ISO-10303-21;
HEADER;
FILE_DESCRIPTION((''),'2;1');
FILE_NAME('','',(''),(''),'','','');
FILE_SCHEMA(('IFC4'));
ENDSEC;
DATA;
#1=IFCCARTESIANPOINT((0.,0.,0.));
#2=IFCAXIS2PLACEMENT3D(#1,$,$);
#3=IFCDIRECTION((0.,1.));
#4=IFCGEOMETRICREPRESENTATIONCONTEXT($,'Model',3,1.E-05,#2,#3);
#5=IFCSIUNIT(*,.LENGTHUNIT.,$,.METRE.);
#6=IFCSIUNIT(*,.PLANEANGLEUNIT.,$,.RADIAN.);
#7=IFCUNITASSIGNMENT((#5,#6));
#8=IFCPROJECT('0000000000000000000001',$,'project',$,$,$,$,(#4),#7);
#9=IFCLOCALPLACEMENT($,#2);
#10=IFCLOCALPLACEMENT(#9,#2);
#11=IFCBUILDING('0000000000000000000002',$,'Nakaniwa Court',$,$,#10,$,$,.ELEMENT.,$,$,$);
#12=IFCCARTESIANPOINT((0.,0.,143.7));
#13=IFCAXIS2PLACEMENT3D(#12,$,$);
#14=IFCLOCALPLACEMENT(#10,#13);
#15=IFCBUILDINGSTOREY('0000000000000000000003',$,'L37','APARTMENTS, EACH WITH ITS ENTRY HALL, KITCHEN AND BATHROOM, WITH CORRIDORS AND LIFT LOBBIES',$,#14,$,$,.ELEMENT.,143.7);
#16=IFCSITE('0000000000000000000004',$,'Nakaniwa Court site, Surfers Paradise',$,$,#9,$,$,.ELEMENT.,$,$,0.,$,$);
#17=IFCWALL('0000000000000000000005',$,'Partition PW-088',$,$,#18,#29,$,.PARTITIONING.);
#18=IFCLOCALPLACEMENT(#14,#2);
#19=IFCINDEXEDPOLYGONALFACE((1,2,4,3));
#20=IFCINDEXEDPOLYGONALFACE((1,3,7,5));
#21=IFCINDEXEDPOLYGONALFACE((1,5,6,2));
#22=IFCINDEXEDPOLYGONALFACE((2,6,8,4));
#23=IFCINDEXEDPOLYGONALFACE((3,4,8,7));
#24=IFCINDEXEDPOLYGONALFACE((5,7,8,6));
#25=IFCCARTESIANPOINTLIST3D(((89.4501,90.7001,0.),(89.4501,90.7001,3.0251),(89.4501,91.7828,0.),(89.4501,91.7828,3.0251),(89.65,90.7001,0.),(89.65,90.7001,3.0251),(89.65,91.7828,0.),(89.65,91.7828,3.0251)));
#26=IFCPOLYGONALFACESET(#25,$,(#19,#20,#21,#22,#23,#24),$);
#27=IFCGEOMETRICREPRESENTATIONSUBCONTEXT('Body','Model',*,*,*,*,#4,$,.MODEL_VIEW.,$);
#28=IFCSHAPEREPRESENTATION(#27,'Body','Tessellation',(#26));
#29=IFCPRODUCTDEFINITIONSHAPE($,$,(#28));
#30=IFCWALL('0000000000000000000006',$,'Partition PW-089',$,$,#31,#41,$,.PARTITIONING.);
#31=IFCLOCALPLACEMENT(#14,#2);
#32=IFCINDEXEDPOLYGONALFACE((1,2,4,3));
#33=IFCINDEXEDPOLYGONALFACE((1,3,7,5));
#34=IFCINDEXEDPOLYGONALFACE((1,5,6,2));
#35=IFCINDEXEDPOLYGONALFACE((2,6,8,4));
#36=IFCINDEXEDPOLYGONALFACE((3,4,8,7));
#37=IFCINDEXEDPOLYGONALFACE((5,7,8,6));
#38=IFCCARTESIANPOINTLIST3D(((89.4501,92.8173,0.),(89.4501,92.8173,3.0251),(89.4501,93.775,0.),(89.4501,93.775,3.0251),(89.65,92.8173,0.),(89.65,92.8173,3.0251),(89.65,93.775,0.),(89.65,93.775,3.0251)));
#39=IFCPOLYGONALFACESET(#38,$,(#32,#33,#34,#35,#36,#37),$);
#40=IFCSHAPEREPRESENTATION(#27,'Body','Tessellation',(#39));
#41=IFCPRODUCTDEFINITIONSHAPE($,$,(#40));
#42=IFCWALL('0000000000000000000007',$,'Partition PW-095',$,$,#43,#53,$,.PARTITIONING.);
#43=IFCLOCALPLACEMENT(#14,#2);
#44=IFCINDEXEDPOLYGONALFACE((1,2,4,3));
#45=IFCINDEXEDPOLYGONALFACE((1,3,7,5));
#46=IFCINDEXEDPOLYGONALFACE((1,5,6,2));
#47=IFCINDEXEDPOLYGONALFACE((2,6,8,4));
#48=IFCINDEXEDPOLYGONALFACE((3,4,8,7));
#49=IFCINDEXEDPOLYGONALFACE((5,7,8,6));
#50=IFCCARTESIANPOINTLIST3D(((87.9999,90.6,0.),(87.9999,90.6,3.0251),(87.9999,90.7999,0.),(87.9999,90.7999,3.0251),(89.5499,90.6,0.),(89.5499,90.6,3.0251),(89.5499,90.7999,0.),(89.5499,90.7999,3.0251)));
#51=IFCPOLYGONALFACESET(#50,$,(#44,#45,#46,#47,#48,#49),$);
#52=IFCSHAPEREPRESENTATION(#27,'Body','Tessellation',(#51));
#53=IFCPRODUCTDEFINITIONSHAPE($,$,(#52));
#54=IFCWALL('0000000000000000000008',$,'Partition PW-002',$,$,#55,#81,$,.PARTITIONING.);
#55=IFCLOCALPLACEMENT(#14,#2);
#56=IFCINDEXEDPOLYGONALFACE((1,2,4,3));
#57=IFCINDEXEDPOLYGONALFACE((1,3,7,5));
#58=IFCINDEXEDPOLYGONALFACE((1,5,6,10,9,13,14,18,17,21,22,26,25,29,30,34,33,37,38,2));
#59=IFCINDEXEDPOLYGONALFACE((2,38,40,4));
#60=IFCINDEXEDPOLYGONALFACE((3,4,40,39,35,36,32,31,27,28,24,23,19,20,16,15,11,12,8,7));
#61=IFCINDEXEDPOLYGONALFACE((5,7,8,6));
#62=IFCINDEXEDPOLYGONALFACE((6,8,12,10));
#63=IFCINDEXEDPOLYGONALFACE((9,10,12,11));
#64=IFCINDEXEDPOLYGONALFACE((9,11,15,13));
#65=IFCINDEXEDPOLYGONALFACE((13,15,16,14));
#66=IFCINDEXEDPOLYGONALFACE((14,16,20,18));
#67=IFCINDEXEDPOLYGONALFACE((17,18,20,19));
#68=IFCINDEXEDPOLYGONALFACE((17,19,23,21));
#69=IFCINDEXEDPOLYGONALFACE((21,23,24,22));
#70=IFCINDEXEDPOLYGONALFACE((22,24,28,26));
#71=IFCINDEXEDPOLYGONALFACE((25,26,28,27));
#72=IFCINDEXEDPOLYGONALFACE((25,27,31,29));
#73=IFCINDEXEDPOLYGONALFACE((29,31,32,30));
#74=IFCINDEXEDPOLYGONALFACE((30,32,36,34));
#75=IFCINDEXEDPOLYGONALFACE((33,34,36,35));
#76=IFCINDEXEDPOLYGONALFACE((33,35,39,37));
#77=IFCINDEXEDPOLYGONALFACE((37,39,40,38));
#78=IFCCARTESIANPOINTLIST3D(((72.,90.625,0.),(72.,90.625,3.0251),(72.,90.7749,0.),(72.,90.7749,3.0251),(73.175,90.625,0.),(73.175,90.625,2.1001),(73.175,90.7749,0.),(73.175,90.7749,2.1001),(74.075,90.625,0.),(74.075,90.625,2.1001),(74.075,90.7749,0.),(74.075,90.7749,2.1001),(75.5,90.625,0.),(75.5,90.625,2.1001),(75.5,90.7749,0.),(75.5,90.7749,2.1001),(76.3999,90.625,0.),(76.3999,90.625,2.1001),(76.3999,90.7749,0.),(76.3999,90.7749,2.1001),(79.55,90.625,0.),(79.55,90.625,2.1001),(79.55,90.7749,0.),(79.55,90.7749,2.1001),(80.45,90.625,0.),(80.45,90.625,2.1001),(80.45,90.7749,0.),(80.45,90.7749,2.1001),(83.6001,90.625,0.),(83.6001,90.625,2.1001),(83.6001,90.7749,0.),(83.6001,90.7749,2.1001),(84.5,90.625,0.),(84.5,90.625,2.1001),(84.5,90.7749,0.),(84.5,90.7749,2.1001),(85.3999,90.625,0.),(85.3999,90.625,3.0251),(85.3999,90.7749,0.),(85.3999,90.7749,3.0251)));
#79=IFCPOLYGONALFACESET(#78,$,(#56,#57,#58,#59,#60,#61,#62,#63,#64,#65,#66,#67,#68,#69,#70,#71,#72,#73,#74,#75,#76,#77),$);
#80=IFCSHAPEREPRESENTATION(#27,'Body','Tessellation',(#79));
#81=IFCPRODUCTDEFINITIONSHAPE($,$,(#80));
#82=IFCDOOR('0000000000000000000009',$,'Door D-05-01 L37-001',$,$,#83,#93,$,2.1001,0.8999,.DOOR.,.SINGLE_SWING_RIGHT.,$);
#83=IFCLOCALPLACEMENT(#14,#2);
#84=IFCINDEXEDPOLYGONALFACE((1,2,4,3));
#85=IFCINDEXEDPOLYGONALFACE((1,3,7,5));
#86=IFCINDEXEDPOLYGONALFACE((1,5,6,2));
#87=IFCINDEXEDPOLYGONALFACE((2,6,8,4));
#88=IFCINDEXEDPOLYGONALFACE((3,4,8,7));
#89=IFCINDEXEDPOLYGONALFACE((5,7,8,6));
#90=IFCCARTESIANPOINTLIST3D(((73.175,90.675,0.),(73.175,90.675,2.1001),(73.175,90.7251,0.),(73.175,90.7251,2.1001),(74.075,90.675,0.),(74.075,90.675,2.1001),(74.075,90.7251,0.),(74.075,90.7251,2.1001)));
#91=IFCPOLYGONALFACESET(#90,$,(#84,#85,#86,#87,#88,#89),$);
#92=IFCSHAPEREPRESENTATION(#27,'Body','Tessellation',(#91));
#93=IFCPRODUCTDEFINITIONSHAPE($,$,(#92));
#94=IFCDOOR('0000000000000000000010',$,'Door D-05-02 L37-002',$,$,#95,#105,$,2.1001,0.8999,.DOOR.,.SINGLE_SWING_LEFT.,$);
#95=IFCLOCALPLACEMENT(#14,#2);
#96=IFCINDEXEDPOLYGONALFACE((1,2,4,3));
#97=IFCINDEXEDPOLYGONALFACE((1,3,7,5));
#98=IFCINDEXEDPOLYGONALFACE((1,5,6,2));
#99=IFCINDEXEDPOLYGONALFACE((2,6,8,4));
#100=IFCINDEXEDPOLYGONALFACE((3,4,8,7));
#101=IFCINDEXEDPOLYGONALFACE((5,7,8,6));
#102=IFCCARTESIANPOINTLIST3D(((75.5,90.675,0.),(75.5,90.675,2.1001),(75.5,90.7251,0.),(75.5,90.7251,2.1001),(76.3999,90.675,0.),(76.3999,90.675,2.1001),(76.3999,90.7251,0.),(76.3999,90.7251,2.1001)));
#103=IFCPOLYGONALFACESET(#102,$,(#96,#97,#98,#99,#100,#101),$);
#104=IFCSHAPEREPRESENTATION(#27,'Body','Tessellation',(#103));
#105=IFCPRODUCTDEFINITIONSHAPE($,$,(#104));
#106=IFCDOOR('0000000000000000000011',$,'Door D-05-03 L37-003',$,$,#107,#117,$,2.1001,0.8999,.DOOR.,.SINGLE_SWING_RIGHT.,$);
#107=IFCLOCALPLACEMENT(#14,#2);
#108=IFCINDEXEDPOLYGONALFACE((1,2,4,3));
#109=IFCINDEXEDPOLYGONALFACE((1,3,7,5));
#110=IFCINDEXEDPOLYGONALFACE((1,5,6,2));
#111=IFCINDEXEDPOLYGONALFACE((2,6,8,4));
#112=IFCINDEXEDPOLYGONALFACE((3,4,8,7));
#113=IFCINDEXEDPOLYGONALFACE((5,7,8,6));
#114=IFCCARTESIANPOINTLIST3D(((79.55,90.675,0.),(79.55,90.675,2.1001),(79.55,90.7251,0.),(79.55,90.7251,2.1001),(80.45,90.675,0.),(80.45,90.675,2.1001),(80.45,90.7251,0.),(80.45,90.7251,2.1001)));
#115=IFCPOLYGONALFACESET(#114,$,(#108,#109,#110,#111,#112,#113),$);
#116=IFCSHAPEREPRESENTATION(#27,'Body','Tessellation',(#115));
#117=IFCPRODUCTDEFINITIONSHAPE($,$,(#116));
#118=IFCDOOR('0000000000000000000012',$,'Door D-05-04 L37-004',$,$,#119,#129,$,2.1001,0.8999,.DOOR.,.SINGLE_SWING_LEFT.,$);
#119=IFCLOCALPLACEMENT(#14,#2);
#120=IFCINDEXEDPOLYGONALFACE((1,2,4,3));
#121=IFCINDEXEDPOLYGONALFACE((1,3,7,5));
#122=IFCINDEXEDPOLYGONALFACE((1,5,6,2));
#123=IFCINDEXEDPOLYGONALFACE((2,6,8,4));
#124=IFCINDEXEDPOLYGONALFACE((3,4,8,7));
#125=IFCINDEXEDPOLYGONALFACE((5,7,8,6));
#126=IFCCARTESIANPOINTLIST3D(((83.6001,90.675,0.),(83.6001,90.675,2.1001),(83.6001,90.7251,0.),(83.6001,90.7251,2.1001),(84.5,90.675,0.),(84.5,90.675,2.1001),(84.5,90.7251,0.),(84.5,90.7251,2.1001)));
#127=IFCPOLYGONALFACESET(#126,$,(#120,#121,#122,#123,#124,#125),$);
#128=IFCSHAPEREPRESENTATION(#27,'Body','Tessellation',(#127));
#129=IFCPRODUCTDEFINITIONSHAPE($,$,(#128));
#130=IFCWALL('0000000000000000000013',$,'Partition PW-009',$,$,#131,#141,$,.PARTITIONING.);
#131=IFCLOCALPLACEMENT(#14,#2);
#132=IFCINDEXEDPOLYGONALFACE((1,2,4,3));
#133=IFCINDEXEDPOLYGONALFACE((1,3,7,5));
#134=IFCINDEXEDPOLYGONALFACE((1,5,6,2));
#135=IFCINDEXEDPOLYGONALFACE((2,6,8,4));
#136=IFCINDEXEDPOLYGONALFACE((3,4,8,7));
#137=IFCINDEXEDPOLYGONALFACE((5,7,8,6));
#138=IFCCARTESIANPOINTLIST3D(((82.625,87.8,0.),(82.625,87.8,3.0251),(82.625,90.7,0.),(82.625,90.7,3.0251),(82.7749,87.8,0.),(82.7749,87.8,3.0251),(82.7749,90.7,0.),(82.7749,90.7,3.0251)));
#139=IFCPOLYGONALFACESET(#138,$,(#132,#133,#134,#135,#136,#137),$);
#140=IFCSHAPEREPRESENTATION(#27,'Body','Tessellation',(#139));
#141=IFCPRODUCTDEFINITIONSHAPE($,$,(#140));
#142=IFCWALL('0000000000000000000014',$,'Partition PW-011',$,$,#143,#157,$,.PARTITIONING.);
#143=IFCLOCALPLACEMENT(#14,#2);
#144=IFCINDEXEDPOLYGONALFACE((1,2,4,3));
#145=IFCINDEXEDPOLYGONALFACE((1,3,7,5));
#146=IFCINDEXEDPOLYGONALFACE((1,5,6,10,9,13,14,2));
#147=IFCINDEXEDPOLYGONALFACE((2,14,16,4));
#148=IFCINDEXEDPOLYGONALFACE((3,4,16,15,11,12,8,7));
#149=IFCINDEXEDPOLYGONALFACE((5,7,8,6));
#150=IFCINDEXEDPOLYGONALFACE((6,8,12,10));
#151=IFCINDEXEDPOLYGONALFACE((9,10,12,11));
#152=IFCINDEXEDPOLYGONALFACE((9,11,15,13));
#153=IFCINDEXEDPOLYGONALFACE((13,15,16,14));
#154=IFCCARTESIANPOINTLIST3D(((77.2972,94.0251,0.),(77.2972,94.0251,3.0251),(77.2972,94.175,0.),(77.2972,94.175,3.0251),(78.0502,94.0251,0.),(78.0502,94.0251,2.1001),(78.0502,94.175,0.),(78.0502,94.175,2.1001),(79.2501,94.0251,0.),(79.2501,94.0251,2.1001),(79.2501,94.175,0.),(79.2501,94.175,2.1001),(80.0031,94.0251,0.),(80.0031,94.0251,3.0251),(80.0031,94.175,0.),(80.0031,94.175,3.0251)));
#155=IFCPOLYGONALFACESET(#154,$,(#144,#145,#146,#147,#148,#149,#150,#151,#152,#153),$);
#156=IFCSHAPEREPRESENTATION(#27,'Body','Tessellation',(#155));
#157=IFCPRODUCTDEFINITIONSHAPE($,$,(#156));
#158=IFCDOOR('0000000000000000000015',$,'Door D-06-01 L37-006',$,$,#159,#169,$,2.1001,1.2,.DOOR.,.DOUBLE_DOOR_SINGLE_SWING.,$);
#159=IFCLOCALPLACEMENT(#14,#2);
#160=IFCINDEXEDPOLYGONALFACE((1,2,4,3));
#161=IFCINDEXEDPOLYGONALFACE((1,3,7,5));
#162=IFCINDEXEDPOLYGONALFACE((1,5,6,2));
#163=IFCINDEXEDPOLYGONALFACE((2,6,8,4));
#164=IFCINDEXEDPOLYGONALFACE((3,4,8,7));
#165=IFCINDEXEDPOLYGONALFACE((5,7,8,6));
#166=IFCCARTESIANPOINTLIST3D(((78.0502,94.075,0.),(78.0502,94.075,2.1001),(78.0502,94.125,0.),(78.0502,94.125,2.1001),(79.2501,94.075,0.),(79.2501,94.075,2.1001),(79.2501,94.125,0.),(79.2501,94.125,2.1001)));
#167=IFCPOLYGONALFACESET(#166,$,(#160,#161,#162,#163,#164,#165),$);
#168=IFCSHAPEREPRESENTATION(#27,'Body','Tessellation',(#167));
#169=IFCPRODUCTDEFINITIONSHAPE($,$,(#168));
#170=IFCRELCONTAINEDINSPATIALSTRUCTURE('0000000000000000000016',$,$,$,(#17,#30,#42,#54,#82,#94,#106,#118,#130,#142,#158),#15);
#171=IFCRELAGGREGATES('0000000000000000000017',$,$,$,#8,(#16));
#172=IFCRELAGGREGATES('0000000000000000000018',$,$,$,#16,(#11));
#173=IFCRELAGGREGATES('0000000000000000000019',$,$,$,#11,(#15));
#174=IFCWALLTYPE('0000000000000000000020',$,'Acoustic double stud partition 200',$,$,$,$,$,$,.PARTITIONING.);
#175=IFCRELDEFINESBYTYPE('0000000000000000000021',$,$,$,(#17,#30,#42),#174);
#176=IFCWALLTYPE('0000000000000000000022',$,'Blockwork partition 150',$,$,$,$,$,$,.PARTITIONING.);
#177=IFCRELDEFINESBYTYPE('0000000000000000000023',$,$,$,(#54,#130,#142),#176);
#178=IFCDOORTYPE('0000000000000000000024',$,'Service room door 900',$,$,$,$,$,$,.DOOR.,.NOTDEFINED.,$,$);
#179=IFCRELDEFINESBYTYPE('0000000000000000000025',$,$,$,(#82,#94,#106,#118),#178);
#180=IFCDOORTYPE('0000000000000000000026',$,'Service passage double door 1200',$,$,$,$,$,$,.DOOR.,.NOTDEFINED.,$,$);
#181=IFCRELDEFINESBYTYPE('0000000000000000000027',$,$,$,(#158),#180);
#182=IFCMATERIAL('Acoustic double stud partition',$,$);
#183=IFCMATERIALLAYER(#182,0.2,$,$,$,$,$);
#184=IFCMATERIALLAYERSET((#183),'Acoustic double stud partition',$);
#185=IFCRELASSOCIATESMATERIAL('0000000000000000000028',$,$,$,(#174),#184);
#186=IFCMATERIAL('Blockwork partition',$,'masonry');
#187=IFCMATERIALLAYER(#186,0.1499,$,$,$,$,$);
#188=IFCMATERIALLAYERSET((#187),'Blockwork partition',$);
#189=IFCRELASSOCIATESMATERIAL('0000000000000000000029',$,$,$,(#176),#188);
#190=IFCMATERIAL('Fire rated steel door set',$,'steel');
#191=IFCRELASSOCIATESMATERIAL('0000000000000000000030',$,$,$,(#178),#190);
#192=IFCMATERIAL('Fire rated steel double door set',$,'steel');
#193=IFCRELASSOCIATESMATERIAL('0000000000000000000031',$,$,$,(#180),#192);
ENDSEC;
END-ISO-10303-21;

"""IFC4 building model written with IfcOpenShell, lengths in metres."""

from ifc_helpers import new_model, si_unit, direction, frame, frame_2d, origin, place, context, subcontext, project, spatial, rectangle, extrude, material, layer, layer_set, type_object, element, fill, save


model = new_model("IFC4")

# Units and contexts
model_context = context("Model", 3, precision=1e-05, world=origin(), true_north=direction((0.0, 1.0)))
body_context = subcontext(model_context, "Body", "Model", "MODEL_VIEW")
ifc_project = project(units=[si_unit("LENGTHUNIT", "METRE"), si_unit("PLANEANGLEUNIT", "RADIAN")], contexts=[model_context])

# Site, building, storey
site_placement = place(None, origin())
site = spatial("IfcSite", under=ifc_project, at=site_placement, Name="Nakaniwa Court site, Surfers Paradise", CompositionType="ELEMENT", RefElevation=0.0)
building_placement = place(site_placement, origin())
building = spatial("IfcBuilding", under=site, at=building_placement, Name="Nakaniwa Court", CompositionType="ELEMENT")
storey_placement = place(building_placement, frame((0.0, 0.0, 143.7)))
storey = spatial("IfcBuildingStorey", under=building, at=storey_placement, Name="L37", Description="APARTMENTS, EACH WITH ITS ENTRY HALL, KITCHEN AND BATHROOM, WITH CORRIDORS AND LIFT LOBBIES", CompositionType="ELEMENT", Elevation=143.7)

# Walls
ifc_material_1 = material(Name="Acoustic double stud partition")
ifc_layer_1 = layer(ifc_material_1, 0.2)
ifc_layer_set_1 = layer_set([ifc_layer_1], Name="Acoustic double stud partition")
wall_type_1 = type_object("IfcWallType", Name="Acoustic double stud partition 200", PredefinedType="PARTITIONING", material=ifc_layer_set_1)
wall_1_placement = place(storey_placement, frame((89.55, 90.7, 0.0), z_axis=(0.0, 0.0, 1.0), x_axis=(0.0, 1.0, 0.0)))
element("IfcWall", 1, at=wall_1_placement, inside=storey, type_object=wall_type_1, Name="Partition PW-088", PredefinedType="PARTITIONING", context=body_context, shape_type="SweptSolid", body=[
    extrude(rectangle(XDim=1.0828, YDim=0.2, at=frame_2d((0.5415, 0.0))), origin(), (0.0, 0.0, 1.0), 3.0251),
])
wall_2_placement = place(storey_placement, frame((89.55, 92.8171, 0.0), z_axis=(0.0, 0.0, 1.0), x_axis=(0.0, 1.0, 0.0)))
element("IfcWall", 2, at=wall_2_placement, inside=storey, type_object=wall_type_1, Name="Partition PW-089", PredefinedType="PARTITIONING", context=body_context, shape_type="SweptSolid", body=[
    extrude(rectangle(XDim=0.9578, YDim=0.2, at=frame_2d((0.479, 0.0))), origin(), (0.0, 0.0, 1.0), 3.0251),
])
wall_3_placement = place(storey_placement, frame((88.0, 90.7, 0.0), z_axis=(0.0, 0.0, 1.0), x_axis=(1.0, 0.0, 0.0)))
element("IfcWall", 3, at=wall_3_placement, inside=storey, type_object=wall_type_1, Name="Partition PW-095", PredefinedType="PARTITIONING", context=body_context, shape_type="SweptSolid", body=[
    extrude(rectangle(XDim=1.55, YDim=0.2, at=frame_2d((0.7749, 0.0))), origin(), (0.0, 0.0, 1.0), 3.0251),
])

# Wall, openings, doors
ifc_material_2 = material(Name="Blockwork partition", Category="masonry")
ifc_layer_2 = layer(ifc_material_2, 0.1499)
ifc_layer_set_2 = layer_set([ifc_layer_2], Name="Blockwork partition")
wall_type_2 = type_object("IfcWallType", Name="Blockwork partition 150", PredefinedType="PARTITIONING", material=ifc_layer_set_2)
wall_4_placement = place(storey_placement, frame((85.3999, 90.7, 0.0), z_axis=(0.0, 0.0, 1.0), x_axis=(-1.0, 0.0, 0.0)))
wall_4 = element("IfcWall", 4, at=wall_4_placement, inside=storey, type_object=wall_type_2, Name="Partition PW-002", PredefinedType="PARTITIONING", context=body_context, shape_type="SweptSolid", body=[
    extrude(rectangle(XDim=13.3999, YDim=0.1499, at=frame_2d((6.7, 0.0))), origin(), (0.0, 0.0, 1.0), 3.0251),
])
opening_1_placement = place(wall_4_placement, frame((11.325, 0.0, 0.0)))
opening_1 = element("IfcOpeningElement", 5, at=opening_1_placement, cuts=wall_4, PredefinedType="OPENING", context=body_context, shape_type="SweptSolid", body=[
    extrude(rectangle(XDim=0.8999, YDim=2.1001, at=frame_2d((0.45, 1.05))), frame((0.0, 0.085, 0.0), z_axis=(0.0, -1.0, 0.0), x_axis=(1.0, 0.0, 0.0)), (0.0, 0.0, 1.0), 0.1699),
])
opening_2_placement = place(wall_4_placement, frame((9.0, 0.0, 0.0)))
opening_2 = element("IfcOpeningElement", 6, at=opening_2_placement, cuts=wall_4, PredefinedType="OPENING", context=body_context, shape_type="SweptSolid", body=[
    extrude(rectangle(XDim=0.8999, YDim=2.1001, at=frame_2d((0.45, 1.05))), frame((0.0, 0.085, 0.0), z_axis=(0.0, -1.0, 0.0), x_axis=(1.0, 0.0, 0.0)), (0.0, 0.0, 1.0), 0.1699),
])
opening_3_placement = place(wall_4_placement, frame((4.95, 0.0, 0.0)))
opening_3 = element("IfcOpeningElement", 7, at=opening_3_placement, cuts=wall_4, PredefinedType="OPENING", context=body_context, shape_type="SweptSolid", body=[
    extrude(rectangle(XDim=0.8999, YDim=2.1001, at=frame_2d((0.45, 1.05))), frame((0.0, 0.085, 0.0), z_axis=(0.0, -1.0, 0.0), x_axis=(1.0, 0.0, 0.0)), (0.0, 0.0, 1.0), 0.1699),
])
opening_4_placement = place(wall_4_placement, frame((0.8999, 0.0, 0.0)))
opening_4 = element("IfcOpeningElement", 8, at=opening_4_placement, cuts=wall_4, PredefinedType="OPENING", context=body_context, shape_type="SweptSolid", body=[
    extrude(rectangle(XDim=0.8999, YDim=2.1001, at=frame_2d((0.45, 1.05))), frame((0.0, 0.085, 0.0), z_axis=(0.0, -1.0, 0.0), x_axis=(1.0, 0.0, 0.0)), (0.0, 0.0, 1.0), 0.1699),
])
ifc_material_3 = material(Name="Fire rated steel door set", Category="steel")
door_type_1 = type_object("IfcDoorType", Name="Service room door 900", OperationType="NOTDEFINED", PredefinedType="DOOR", material=ifc_material_3)
door_1_placement = place(opening_1_placement, origin())
door_1 = element("IfcDoor", 9, at=door_1_placement, inside=storey, type_object=door_type_1, Name="Door D-05-01 L37-001", OperationType="SINGLE_SWING_RIGHT", OverallHeight=2.1001, OverallWidth=0.8999, PredefinedType="DOOR", context=body_context, shape_type="SweptSolid", body=[
    extrude(rectangle(XDim=0.8999, YDim=2.1001, at=frame_2d((0.45, 1.05))), frame((0.0, 0.0249, 0.0), z_axis=(0.0, -1.0, 0.0), x_axis=(1.0, 0.0, 0.0)), (0.0, 0.0, 1.0), 0.05),
])
fill(opening_1, door_1)
door_2_placement = place(opening_2_placement, origin())
door_2 = element("IfcDoor", 10, at=door_2_placement, inside=storey, type_object=door_type_1, Name="Door D-05-02 L37-002", OperationType="SINGLE_SWING_LEFT", OverallHeight=2.1001, OverallWidth=0.8999, PredefinedType="DOOR", context=body_context, shape_type="SweptSolid", body=[
    extrude(rectangle(XDim=0.8999, YDim=2.1001, at=frame_2d((0.45, 1.05))), frame((0.0, 0.0249, 0.0), z_axis=(0.0, -1.0, 0.0), x_axis=(1.0, 0.0, 0.0)), (0.0, 0.0, 1.0), 0.05),
])
fill(opening_2, door_2)
door_3_placement = place(opening_3_placement, origin())
door_3 = element("IfcDoor", 11, at=door_3_placement, inside=storey, type_object=door_type_1, Name="Door D-05-03 L37-003", OperationType="SINGLE_SWING_RIGHT", OverallHeight=2.1001, OverallWidth=0.8999, PredefinedType="DOOR", context=body_context, shape_type="SweptSolid", body=[
    extrude(rectangle(XDim=0.8999, YDim=2.1001, at=frame_2d((0.45, 1.05))), frame((0.0, 0.0249, 0.0), z_axis=(0.0, -1.0, 0.0), x_axis=(1.0, 0.0, 0.0)), (0.0, 0.0, 1.0), 0.05),
])
fill(opening_3, door_3)
door_4_placement = place(opening_4_placement, origin())
door_4 = element("IfcDoor", 12, at=door_4_placement, inside=storey, type_object=door_type_1, Name="Door D-05-04 L37-004", OperationType="SINGLE_SWING_LEFT", OverallHeight=2.1001, OverallWidth=0.8999, PredefinedType="DOOR", context=body_context, shape_type="SweptSolid", body=[
    extrude(rectangle(XDim=0.8999, YDim=2.1001, at=frame_2d((0.45, 1.05))), frame((0.0, 0.0249, 0.0), z_axis=(0.0, -1.0, 0.0), x_axis=(1.0, 0.0, 0.0)), (0.0, 0.0, 1.0), 0.05),
])
fill(opening_4, door_4)

# Wall
wall_5_placement = place(storey_placement, frame((82.7, 87.8, 0.0), z_axis=(0.0, 0.0, 1.0), x_axis=(0.0, 1.0, 0.0)))
element("IfcWall", 13, at=wall_5_placement, inside=storey, type_object=wall_type_2, Name="Partition PW-009", PredefinedType="PARTITIONING", context=body_context, shape_type="SweptSolid", body=[
    extrude(rectangle(XDim=2.8999, YDim=0.1499, at=frame_2d((1.45, 0.0))), origin(), (0.0, 0.0, 1.0), 3.0251),
])

# Wall, opening, door
wall_6_placement = place(storey_placement, frame((77.2971, 94.1001, 0.0), z_axis=(0.0, 0.0, 1.0), x_axis=(1.0, 0.0, 0.0)))
wall_6 = element("IfcWall", 14, at=wall_6_placement, inside=storey, type_object=wall_type_2, Name="Partition PW-011", PredefinedType="PARTITIONING", context=body_context, shape_type="SweptSolid", body=[
    extrude(rectangle(XDim=2.7058, YDim=0.1499, at=frame_2d((1.353, 0.0))), origin(), (0.0, 0.0, 1.0), 3.0251),
])
opening_5_placement = place(wall_6_placement, frame((0.7529, 0.0, 0.0)))
opening_5 = element("IfcOpeningElement", 15, at=opening_5_placement, cuts=wall_6, PredefinedType="OPENING", context=body_context, shape_type="SweptSolid", body=[
    extrude(rectangle(XDim=1.2, YDim=2.1001, at=frame_2d((0.6001, 1.05))), frame((0.0, 0.085, 0.0), z_axis=(0.0, -1.0, 0.0), x_axis=(1.0, 0.0, 0.0)), (0.0, 0.0, 1.0), 0.1699),
])
ifc_material_4 = material(Name="Fire rated steel double door set", Category="steel")
door_type_2 = type_object("IfcDoorType", Name="Service passage double door 1200", OperationType="NOTDEFINED", PredefinedType="DOOR", material=ifc_material_4)
door_5_placement = place(opening_5_placement, origin())
door_5 = element("IfcDoor", 16, at=door_5_placement, inside=storey, type_object=door_type_2, Name="Door D-06-01 L37-006", OperationType="DOUBLE_DOOR_SINGLE_SWING", OverallHeight=2.1001, OverallWidth=1.2, PredefinedType="DOOR", context=body_context, shape_type="SweptSolid", body=[
    extrude(rectangle(XDim=1.2, YDim=2.1001, at=frame_2d((0.6001, 1.05))), frame((0.0, 0.0249, 0.0), z_axis=(0.0, -1.0, 0.0), x_axis=(1.0, 0.0, 0.0)), (0.0, 0.0, 1.0), 0.05),
])
fill(opening_5, door_5)

save(model, "model.ifc")
